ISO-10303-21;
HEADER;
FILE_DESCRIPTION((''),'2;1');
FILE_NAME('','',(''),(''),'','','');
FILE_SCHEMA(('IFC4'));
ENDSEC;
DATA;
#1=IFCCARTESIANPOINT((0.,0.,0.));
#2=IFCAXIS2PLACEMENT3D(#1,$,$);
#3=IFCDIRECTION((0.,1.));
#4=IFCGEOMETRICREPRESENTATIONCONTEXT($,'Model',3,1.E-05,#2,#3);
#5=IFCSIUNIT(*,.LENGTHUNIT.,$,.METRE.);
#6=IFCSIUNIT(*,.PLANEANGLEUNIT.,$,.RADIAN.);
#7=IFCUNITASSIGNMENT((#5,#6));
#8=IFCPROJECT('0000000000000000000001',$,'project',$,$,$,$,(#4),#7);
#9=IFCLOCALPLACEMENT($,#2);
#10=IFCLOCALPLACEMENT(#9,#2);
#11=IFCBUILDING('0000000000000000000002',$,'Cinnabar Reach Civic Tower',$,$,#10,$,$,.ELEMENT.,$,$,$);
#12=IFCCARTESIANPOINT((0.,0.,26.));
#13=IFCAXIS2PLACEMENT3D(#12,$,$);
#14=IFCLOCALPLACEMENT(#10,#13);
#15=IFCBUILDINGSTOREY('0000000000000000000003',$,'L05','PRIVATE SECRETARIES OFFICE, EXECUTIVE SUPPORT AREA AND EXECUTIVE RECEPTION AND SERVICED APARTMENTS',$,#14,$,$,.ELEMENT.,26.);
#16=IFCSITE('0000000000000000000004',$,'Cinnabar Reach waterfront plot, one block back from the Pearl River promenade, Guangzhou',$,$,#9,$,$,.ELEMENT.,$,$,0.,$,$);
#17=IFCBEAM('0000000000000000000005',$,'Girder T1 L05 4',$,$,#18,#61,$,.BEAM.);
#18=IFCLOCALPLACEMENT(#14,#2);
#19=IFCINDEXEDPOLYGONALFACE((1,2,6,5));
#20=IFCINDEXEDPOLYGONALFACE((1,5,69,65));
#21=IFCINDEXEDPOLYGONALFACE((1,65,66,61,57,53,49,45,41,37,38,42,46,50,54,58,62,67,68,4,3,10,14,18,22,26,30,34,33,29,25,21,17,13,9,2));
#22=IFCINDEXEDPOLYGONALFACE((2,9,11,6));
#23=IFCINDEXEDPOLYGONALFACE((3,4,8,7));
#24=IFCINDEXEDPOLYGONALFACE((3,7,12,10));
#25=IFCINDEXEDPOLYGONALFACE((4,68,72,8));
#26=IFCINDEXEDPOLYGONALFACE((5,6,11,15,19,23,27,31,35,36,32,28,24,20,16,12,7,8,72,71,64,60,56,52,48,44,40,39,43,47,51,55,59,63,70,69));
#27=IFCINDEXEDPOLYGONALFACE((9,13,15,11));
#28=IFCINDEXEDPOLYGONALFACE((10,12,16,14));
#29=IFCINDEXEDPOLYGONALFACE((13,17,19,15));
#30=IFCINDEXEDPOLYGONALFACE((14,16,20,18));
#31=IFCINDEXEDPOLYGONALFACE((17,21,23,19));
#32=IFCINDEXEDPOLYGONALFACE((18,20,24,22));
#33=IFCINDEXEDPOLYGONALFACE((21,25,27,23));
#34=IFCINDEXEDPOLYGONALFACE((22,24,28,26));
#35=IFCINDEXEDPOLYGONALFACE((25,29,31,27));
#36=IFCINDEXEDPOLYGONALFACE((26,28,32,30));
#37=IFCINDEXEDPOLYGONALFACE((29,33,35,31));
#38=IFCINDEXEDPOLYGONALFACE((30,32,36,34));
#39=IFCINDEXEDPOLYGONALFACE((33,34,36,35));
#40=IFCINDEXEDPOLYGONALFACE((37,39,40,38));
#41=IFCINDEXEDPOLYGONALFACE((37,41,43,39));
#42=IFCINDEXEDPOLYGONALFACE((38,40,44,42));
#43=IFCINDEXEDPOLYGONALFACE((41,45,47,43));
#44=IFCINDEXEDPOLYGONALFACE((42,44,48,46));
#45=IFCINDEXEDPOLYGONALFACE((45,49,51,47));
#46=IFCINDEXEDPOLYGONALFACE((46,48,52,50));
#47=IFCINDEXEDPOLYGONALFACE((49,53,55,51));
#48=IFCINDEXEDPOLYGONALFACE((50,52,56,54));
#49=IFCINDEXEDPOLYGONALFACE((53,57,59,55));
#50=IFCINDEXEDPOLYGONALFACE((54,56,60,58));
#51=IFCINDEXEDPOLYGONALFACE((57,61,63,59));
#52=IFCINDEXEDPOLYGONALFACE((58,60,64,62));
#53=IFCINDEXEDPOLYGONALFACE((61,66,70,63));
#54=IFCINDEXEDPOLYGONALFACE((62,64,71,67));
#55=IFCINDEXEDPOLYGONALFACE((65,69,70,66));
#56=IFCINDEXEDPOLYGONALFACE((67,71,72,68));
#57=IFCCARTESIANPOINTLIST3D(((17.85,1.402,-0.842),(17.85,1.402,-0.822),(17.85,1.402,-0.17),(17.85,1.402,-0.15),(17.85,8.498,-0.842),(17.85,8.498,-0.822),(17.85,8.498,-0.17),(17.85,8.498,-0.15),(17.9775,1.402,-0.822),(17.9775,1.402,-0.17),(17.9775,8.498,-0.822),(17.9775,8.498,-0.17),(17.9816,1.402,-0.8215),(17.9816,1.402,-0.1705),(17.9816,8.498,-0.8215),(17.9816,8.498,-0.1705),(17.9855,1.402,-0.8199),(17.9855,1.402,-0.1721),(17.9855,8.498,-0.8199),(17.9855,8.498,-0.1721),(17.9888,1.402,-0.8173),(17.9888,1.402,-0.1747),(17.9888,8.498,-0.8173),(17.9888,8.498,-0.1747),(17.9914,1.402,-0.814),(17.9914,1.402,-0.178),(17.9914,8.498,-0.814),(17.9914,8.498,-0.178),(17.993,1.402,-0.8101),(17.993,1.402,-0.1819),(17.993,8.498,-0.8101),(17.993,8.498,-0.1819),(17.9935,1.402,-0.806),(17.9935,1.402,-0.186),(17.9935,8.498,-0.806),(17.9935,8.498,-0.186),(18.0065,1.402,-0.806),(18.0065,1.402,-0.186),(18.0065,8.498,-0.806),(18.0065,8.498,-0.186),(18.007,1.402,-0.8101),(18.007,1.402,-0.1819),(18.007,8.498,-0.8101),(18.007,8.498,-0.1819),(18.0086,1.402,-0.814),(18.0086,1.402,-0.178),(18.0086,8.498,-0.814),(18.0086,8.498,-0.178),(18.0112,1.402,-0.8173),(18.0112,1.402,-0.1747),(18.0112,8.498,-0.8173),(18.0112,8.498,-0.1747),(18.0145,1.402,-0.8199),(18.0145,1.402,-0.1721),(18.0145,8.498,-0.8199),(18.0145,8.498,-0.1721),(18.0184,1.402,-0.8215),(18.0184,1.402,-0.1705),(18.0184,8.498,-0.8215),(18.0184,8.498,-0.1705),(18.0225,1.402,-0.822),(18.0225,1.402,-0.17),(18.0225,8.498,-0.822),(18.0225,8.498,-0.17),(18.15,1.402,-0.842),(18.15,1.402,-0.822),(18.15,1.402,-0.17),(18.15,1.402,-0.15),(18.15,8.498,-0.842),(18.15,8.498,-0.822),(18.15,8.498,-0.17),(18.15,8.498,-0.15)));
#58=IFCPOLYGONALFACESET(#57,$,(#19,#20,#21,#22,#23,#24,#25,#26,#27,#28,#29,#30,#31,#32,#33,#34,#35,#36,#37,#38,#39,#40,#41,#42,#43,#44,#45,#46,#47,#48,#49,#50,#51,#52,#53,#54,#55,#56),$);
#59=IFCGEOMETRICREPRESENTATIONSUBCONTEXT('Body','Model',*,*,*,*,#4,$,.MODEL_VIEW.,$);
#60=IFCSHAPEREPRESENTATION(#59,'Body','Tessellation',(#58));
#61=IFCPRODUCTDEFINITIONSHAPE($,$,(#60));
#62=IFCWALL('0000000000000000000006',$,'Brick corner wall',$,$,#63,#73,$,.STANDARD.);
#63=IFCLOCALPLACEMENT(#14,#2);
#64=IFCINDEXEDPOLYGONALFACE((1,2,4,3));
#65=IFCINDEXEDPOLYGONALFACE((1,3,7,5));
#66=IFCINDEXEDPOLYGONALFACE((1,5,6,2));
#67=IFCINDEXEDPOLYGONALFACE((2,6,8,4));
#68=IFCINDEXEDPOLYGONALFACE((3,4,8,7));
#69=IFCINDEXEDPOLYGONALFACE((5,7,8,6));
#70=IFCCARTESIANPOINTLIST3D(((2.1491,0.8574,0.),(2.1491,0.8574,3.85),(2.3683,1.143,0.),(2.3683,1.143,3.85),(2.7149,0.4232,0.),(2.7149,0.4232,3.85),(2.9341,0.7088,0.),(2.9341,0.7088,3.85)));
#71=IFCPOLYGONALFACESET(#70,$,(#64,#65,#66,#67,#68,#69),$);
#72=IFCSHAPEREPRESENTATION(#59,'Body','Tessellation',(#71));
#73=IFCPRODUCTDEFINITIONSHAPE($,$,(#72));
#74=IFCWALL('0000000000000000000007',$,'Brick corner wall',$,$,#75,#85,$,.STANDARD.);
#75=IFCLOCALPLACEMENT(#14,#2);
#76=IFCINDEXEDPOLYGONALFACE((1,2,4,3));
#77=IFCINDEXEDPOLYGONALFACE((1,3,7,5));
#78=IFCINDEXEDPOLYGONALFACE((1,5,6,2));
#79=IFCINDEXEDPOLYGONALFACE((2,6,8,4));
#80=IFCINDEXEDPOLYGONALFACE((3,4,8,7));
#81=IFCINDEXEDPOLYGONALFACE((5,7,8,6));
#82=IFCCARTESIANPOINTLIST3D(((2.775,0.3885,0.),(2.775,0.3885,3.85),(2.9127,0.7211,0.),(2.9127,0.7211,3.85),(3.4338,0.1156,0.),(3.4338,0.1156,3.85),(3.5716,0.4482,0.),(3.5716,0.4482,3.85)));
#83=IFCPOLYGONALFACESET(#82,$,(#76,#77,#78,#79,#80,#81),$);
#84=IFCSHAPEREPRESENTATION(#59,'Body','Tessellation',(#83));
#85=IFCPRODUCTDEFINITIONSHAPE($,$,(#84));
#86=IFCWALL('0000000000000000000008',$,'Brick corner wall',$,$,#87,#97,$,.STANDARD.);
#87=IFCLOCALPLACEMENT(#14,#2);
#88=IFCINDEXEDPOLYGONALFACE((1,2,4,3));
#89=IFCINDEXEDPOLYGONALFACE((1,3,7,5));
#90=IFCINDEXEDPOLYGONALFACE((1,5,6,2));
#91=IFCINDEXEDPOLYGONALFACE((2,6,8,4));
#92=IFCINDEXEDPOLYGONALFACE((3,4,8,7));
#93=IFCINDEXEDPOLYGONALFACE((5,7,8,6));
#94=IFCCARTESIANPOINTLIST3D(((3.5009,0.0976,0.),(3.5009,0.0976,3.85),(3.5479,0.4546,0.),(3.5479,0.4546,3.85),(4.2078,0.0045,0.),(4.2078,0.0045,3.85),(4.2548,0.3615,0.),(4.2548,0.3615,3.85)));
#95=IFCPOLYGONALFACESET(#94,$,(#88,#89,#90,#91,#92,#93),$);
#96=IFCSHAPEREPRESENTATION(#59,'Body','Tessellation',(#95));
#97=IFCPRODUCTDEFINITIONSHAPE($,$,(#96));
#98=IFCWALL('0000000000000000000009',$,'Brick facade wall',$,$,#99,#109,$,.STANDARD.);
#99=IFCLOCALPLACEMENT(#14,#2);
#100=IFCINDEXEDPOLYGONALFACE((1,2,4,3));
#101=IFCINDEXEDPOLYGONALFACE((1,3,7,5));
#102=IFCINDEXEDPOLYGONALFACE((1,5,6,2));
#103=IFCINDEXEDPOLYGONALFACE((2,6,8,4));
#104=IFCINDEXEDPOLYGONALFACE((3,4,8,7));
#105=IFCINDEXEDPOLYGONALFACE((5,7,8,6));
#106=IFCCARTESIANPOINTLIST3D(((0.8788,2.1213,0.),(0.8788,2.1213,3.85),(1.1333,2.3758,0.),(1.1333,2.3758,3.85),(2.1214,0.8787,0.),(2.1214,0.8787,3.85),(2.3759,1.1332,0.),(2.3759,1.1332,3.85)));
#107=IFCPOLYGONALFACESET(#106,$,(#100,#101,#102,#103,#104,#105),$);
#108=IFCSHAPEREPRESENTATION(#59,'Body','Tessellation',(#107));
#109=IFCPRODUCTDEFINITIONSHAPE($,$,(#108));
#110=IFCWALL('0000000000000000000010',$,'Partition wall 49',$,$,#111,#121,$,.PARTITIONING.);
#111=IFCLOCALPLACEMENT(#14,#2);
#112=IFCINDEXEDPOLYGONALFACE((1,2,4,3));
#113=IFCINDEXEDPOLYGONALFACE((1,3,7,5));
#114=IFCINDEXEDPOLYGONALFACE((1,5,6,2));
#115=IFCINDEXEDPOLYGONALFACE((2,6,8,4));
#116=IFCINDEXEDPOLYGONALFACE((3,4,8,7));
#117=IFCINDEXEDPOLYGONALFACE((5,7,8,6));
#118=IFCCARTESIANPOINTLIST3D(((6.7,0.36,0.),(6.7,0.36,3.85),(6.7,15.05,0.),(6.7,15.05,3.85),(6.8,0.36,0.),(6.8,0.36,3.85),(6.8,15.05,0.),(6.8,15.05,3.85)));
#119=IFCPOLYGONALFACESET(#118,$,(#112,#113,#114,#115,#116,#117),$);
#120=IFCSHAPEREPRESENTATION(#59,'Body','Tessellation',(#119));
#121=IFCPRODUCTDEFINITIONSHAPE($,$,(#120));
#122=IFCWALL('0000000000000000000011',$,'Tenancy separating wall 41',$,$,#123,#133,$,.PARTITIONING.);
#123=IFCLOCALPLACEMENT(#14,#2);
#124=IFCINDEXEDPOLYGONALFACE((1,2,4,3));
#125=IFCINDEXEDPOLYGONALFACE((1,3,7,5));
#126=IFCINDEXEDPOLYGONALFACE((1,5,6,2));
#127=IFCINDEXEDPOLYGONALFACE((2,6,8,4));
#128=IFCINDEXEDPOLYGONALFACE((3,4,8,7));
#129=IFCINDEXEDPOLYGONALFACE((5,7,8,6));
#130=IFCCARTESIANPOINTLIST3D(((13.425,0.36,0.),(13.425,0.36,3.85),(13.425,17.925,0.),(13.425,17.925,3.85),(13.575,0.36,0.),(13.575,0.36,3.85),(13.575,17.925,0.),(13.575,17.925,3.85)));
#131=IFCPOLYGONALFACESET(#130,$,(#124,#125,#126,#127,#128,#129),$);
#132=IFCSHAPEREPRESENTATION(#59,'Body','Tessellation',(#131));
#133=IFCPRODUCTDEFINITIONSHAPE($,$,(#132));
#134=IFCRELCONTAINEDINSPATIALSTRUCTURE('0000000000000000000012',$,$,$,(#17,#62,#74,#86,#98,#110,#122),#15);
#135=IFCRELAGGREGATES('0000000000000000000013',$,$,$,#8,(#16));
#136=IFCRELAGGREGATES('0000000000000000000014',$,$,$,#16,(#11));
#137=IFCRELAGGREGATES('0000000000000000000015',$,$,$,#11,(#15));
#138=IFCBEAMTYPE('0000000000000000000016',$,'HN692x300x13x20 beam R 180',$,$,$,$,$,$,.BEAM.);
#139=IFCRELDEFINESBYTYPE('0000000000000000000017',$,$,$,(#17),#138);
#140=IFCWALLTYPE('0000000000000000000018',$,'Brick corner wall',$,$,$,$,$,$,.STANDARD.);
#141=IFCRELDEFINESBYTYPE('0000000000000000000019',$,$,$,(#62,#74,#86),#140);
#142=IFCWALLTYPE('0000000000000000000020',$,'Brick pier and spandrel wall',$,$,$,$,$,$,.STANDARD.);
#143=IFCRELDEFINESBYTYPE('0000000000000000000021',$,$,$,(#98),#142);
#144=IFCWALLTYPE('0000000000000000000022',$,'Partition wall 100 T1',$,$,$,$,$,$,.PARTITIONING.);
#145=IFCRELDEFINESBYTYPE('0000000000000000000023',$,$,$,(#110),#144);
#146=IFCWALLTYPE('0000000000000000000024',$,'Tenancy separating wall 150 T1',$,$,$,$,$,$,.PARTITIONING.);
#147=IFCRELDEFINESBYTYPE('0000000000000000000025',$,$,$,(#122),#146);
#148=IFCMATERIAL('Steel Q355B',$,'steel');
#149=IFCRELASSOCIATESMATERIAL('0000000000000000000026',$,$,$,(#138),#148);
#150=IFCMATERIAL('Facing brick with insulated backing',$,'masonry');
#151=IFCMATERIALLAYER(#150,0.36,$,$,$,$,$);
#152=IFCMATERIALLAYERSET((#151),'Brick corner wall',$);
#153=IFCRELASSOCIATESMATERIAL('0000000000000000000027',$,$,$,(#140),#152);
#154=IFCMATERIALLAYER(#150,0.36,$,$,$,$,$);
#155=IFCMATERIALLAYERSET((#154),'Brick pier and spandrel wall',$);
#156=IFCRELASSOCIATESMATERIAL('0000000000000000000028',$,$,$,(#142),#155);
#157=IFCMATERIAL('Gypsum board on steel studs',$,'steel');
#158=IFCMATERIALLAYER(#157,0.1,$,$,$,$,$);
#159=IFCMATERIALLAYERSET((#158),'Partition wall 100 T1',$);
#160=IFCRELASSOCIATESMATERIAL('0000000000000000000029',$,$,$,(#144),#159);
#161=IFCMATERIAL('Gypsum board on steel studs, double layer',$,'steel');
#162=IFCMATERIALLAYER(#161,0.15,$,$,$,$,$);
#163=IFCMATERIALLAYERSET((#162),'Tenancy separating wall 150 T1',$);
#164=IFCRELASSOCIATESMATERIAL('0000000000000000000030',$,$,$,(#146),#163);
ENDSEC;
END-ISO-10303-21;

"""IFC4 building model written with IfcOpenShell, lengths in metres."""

from ifc_helpers import new_model, si_unit, direction, frame, frame_2d, origin, origin_2d, place, context, subcontext, project, spatial, rectangle, i_section, extrude, material, layer, layer_set, material_profile, profile_set, type_object, element, save


model = new_model("IFC4")

# Units and contexts
model_context = context("Model", 3, precision=1e-05, world=origin(), true_north=direction((0.0, 1.0)))
body_context = subcontext(model_context, "Body", "Model", "MODEL_VIEW")
ifc_project = project(units=[si_unit("LENGTHUNIT", "METRE"), si_unit("PLANEANGLEUNIT", "RADIAN")], contexts=[model_context])

# Site, building, storey
site_placement = place(None, origin())
site = spatial("IfcSite", under=ifc_project, at=site_placement, Name="Cinnabar Reach waterfront plot, one block back from the Pearl River promenade, Guangzhou", CompositionType="ELEMENT", RefElevation=0.0)
building_placement = place(site_placement, origin())
building = spatial("IfcBuilding", under=site, at=building_placement, Name="Cinnabar Reach Civic Tower", CompositionType="ELEMENT")
storey_placement = place(building_placement, frame((0.0, 0.0, 26.0)))
storey = spatial("IfcBuildingStorey", under=building, at=storey_placement, Name="L05", Description="PRIVATE SECRETARIES OFFICE, EXECUTIVE SUPPORT AREA AND EXECUTIVE RECEPTION AND SERVICED APARTMENTS", CompositionType="ELEMENT", Elevation=26.0)

# Beam
ifc_material_1 = material(Name="Steel Q355B", Category="steel")
ifc_material_profile_1 = material_profile(ifc_material_1, i_section(OverallWidth=0.3, OverallDepth=0.692, WebThickness=0.013, FlangeThickness=0.02, FilletRadius=0.016, at=origin_2d()), Name="HN692x300x13x20")
ifc_profile_set_1 = profile_set([ifc_material_profile_1], Name="Steel Q355B")
beam_type_1 = type_object("IfcBeamType", Name="HN692x300x13x20 beam R 180", PredefinedType="BEAM", material=ifc_profile_set_1)
for number, where, z_axis, x_axis, name in (
    (1, (18.0, 1.402, -0.496), (0.0, 1.0, 0.0), (-1.0, 0.0, 0.0), "Girder T1 L05 4"),
):
    element("IfcBeam", number, at=place(storey_placement, frame(where, z_axis=z_axis, x_axis=x_axis)), inside=storey, type_object=beam_type_1, Name=name, PredefinedType="BEAM", context=body_context, shape_type="SweptSolid", body=[
        extrude(i_section(OverallWidth=0.3, OverallDepth=0.692, WebThickness=0.013, FlangeThickness=0.02, FilletRadius=0.016, at=origin_2d()), origin(), (0.0, 0.0, 1.0), 7.096),
    ])

# Walls
ifc_material_2 = material(Name="Facing brick with insulated backing", Category="masonry")
ifc_layer_1 = layer(ifc_material_2, 0.36)
ifc_layer_set_1 = layer_set([ifc_layer_1], Name="Brick corner wall")
wall_type_1 = type_object("IfcWallType", Name="Brick corner wall", PredefinedType="STANDARD", material=ifc_layer_set_1)
wall_1_placement = place(storey_placement, frame((2.2587, 1.0002, 0.0), z_axis=(0.0, 0.0, 1.0), x_axis=(0.793322, -0.608802, 0.0)))
element("IfcWall", 2, at=wall_1_placement, inside=storey, type_object=wall_type_1, Name="Brick corner wall", PredefinedType="STANDARD", context=body_context, shape_type="SweptSolid", body=[
    extrude(rectangle(XDim=0.7132, YDim=0.36, at=frame_2d((0.3566, 0.0))), origin(), (0.0, 0.0, 1.0), 3.85),
])
for number, where, z_axis, x_axis, name in (
    (3, (2.8439, 0.5548, 0.0), (0.0, 0.0, 1.0), (0.923872, -0.382703, 0.0), "Brick corner wall"),
    (4, (3.5244, 0.2761, 0.0), (0.0, 0.0, 1.0), (0.991441, -0.130556, 0.0), "Brick corner wall"),
):
    element("IfcWall", number, at=place(storey_placement, frame(where, z_axis=z_axis, x_axis=x_axis)), inside=storey, type_object=wall_type_1, Name=name, PredefinedType="STANDARD", context=body_context, shape_type="SweptSolid", body=[
        extrude(rectangle(XDim=0.7131, YDim=0.36, at=frame_2d((0.3565, 0.0))), origin(), (0.0, 0.0, 1.0), 3.85),
    ])

# Shared definitions
ifc_layer_2 = layer(ifc_material_2, 0.36)
ifc_layer_set_2 = layer_set([ifc_layer_2], Name="Brick pier and spandrel wall")
wall_type_2 = type_object("IfcWallType", Name="Brick pier and spandrel wall", PredefinedType="STANDARD", material=ifc_layer_set_2)

# Walls
wall_2_placement = place(storey_placement, frame((1.006, 2.2486, 0.0), z_axis=(0.0, 0.0, 1.0), x_axis=(0.707107, -0.707107, 0.0)))
element("IfcWall", 5, at=wall_2_placement, inside=storey, type_object=wall_type_2, Name="Brick facade wall", PredefinedType="STANDARD", context=body_context, shape_type="SweptSolid", body=[
    extrude(rectangle(XDim=1.7573, YDim=0.36, at=frame_2d((0.8787, 0.0))), origin(), (0.0, 0.0, 1.0), 3.85),
])
ifc_material_3 = material(Name="Gypsum board on steel studs", Category="steel")
ifc_layer_3 = layer(ifc_material_3, 0.1)
ifc_layer_set_3 = layer_set([ifc_layer_3], Name="Partition wall 100 T1")
wall_type_3 = type_object("IfcWallType", Name="Partition wall 100 T1", PredefinedType="PARTITIONING", material=ifc_layer_set_3)
wall_3_placement = place(storey_placement, frame((6.75, 0.36, 0.0), z_axis=(0.0, 0.0, 1.0), x_axis=(0.0, 1.0, 0.0)))
element("IfcWall", 6, at=wall_3_placement, inside=storey, type_object=wall_type_3, Name="Partition wall 49", PredefinedType="PARTITIONING", context=body_context, shape_type="SweptSolid", body=[
    extrude(rectangle(XDim=14.69, YDim=0.1, at=frame_2d((7.345, 0.0))), origin(), (0.0, 0.0, 1.0), 3.85),
])
ifc_material_4 = material(Name="Gypsum board on steel studs, double layer", Category="steel")
ifc_layer_4 = layer(ifc_material_4, 0.15)
ifc_layer_set_4 = layer_set([ifc_layer_4], Name="Tenancy separating wall 150 T1")
wall_type_4 = type_object("IfcWallType", Name="Tenancy separating wall 150 T1", PredefinedType="PARTITIONING", material=ifc_layer_set_4)
wall_4_placement = place(storey_placement, frame((13.5, 0.36, 0.0), z_axis=(0.0, 0.0, 1.0), x_axis=(0.0, 1.0, 0.0)))
element("IfcWall", 7, at=wall_4_placement, inside=storey, type_object=wall_type_4, Name="Tenancy separating wall 41", PredefinedType="PARTITIONING", context=body_context, shape_type="SweptSolid", body=[
    extrude(rectangle(XDim=17.565, YDim=0.15, at=frame_2d((8.7825, 0.0))), origin(), (0.0, 0.0, 1.0), 3.85),
])

save(model, "model.ifc")
